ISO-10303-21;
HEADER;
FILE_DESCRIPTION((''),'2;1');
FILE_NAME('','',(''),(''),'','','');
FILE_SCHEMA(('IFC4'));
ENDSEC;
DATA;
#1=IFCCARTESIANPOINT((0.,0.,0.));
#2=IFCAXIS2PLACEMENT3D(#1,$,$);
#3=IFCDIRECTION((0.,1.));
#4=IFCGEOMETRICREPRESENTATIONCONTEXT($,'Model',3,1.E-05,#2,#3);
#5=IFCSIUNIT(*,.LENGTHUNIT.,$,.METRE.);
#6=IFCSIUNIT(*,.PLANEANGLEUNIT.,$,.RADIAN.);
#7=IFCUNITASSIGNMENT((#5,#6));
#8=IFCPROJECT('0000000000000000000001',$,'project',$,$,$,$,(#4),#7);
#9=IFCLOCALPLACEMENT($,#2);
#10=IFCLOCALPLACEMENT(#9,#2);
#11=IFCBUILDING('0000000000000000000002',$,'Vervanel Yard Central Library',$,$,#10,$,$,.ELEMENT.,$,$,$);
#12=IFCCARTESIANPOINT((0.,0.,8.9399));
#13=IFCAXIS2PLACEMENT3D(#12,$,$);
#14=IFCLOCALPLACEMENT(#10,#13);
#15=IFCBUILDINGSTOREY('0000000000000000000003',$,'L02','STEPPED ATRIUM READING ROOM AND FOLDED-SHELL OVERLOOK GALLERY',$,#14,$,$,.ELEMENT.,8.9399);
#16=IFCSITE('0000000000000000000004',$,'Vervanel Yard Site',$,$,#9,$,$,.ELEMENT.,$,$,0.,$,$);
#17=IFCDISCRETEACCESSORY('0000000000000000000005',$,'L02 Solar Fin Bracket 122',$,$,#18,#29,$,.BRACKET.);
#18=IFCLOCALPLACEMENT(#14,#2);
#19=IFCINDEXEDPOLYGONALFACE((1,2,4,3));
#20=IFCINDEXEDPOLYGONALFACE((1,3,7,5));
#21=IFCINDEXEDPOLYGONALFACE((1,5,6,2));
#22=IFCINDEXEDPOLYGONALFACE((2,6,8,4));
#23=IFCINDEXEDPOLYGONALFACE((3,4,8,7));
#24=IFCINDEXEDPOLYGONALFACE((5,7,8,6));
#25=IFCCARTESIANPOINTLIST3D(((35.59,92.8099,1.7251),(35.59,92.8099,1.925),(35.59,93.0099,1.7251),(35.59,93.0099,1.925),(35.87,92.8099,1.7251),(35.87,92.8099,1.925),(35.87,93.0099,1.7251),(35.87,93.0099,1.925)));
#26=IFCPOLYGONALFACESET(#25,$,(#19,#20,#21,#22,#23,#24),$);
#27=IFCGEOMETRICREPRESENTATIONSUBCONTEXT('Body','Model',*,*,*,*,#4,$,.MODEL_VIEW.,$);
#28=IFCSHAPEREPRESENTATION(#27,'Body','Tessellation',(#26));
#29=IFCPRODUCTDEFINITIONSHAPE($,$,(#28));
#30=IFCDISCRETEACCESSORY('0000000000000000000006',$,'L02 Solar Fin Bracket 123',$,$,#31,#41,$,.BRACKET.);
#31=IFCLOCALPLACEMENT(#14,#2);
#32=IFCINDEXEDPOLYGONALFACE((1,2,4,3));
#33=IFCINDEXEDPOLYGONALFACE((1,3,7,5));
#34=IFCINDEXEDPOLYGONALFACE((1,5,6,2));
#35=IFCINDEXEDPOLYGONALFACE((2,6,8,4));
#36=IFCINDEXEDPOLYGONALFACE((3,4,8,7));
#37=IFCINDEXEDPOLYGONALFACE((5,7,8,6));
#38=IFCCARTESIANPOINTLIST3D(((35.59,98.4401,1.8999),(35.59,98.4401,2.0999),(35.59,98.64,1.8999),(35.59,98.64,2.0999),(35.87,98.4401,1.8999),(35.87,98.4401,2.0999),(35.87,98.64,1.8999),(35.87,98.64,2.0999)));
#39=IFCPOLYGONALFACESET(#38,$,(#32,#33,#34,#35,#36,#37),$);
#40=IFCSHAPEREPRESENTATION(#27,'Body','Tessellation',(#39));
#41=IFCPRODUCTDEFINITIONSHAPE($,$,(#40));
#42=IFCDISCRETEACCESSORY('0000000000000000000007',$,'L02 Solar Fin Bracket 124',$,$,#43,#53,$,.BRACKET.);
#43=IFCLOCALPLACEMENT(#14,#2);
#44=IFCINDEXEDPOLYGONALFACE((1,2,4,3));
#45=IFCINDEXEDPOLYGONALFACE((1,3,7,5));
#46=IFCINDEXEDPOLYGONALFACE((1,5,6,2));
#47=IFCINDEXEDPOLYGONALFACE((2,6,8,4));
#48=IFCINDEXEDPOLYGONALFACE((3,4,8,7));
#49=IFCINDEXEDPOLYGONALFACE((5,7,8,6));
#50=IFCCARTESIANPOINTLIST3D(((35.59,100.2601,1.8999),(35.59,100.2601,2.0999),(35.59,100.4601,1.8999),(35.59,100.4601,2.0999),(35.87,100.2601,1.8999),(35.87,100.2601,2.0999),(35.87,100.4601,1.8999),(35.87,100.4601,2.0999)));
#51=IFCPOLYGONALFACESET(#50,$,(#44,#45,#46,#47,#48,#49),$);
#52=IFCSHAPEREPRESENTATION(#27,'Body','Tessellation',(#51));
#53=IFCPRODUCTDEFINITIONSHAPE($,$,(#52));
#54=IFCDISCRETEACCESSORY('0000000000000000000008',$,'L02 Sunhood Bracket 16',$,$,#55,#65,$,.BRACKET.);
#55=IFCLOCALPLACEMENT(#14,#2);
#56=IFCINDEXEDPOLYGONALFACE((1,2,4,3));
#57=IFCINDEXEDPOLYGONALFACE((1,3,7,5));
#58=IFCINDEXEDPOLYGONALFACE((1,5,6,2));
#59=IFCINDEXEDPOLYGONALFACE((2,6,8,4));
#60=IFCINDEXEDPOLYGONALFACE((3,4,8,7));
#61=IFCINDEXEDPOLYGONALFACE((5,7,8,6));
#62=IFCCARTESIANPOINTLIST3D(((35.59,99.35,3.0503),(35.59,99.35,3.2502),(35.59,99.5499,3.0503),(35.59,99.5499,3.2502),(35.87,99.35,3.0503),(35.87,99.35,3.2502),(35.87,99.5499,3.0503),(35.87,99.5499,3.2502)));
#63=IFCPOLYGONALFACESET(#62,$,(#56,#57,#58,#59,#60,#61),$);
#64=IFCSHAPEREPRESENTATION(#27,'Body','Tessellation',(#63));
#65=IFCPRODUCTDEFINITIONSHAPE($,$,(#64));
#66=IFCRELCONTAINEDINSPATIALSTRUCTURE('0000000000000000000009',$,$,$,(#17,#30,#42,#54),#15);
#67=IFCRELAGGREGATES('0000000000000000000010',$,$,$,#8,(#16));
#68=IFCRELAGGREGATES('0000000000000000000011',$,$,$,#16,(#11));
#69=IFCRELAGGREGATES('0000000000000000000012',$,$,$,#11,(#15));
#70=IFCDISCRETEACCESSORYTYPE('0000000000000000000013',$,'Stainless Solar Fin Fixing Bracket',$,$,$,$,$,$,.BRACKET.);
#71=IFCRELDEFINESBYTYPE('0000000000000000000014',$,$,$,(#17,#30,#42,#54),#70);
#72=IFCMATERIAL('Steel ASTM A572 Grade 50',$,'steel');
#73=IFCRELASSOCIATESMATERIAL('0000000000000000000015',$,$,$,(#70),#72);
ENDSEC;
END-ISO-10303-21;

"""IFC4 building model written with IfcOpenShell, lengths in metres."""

from ifc_helpers import new_model, si_unit, direction, frame, origin, origin_2d, place, context, subcontext, project, spatial, rectangle, extrude, material, type_object, element, save


model = new_model("IFC4")

# Units and contexts
model_context = context("Model", 3, precision=1e-05, world=origin(), true_north=direction((0.0, 1.0)))
body_context = subcontext(model_context, "Body", "Model", "MODEL_VIEW")
ifc_project = project(units=[si_unit("LENGTHUNIT", "METRE"), si_unit("PLANEANGLEUNIT", "RADIAN")], contexts=[model_context])

# Site, building, storey
site_placement = place(None, origin())
site = spatial("IfcSite", under=ifc_project, at=site_placement, Name="Vervanel Yard Site", CompositionType="ELEMENT", RefElevation=0.0)
building_placement = place(site_placement, origin())
building = spatial("IfcBuilding", under=site, at=building_placement, Name="Vervanel Yard Central Library", CompositionType="ELEMENT")
storey_placement = place(building_placement, frame((0.0, 0.0, 8.9399)))
storey = spatial("IfcBuildingStorey", under=building, at=storey_placement, Name="L02", Description="STEPPED ATRIUM READING ROOM AND FOLDED-SHELL OVERLOOK GALLERY", CompositionType="ELEMENT", Elevation=8.9399)

# Discrete accessories
ifc_material_1 = material(Name="Steel ASTM A572 Grade 50", Category="steel")
discrete_accessory_type = type_object("IfcDiscreteAccessoryType", Name="Stainless Solar Fin Fixing Bracket", PredefinedType="BRACKET", material=ifc_material_1)
for number, where, z_axis, x_axis, name in (
    (1, (35.73, 92.9099, 1.7251), (0.0, 0.0, 1.0), (0.0, 1.0, 0.0), "L02 Solar Fin Bracket 122"),
    (2, (35.73, 98.54, 1.8999), (0.0, 0.0, 1.0), (0.0, 1.0, 0.0), "L02 Solar Fin Bracket 123"),
    (3, (35.73, 100.3601, 1.8999), (0.0, 0.0, 1.0), (0.0, 1.0, 0.0), "L02 Solar Fin Bracket 124"),
    (4, (35.73, 99.45, 3.0503), (0.0, 0.0, 1.0), (0.0, 1.0, 0.0), "L02 Sunhood Bracket 16"),
):
    element("IfcDiscreteAccessory", number, at=place(storey_placement, frame(where, z_axis=z_axis, x_axis=x_axis)), inside=storey, type_object=discrete_accessory_type, Name=name, PredefinedType="BRACKET", context=body_context, shape_type="SweptSolid", body=[
        extrude(rectangle(XDim=0.2, YDim=0.28, at=origin_2d()), origin(), (0.0, 0.0, 1.0), 0.2),
    ])

save(model, "model.ifc")
